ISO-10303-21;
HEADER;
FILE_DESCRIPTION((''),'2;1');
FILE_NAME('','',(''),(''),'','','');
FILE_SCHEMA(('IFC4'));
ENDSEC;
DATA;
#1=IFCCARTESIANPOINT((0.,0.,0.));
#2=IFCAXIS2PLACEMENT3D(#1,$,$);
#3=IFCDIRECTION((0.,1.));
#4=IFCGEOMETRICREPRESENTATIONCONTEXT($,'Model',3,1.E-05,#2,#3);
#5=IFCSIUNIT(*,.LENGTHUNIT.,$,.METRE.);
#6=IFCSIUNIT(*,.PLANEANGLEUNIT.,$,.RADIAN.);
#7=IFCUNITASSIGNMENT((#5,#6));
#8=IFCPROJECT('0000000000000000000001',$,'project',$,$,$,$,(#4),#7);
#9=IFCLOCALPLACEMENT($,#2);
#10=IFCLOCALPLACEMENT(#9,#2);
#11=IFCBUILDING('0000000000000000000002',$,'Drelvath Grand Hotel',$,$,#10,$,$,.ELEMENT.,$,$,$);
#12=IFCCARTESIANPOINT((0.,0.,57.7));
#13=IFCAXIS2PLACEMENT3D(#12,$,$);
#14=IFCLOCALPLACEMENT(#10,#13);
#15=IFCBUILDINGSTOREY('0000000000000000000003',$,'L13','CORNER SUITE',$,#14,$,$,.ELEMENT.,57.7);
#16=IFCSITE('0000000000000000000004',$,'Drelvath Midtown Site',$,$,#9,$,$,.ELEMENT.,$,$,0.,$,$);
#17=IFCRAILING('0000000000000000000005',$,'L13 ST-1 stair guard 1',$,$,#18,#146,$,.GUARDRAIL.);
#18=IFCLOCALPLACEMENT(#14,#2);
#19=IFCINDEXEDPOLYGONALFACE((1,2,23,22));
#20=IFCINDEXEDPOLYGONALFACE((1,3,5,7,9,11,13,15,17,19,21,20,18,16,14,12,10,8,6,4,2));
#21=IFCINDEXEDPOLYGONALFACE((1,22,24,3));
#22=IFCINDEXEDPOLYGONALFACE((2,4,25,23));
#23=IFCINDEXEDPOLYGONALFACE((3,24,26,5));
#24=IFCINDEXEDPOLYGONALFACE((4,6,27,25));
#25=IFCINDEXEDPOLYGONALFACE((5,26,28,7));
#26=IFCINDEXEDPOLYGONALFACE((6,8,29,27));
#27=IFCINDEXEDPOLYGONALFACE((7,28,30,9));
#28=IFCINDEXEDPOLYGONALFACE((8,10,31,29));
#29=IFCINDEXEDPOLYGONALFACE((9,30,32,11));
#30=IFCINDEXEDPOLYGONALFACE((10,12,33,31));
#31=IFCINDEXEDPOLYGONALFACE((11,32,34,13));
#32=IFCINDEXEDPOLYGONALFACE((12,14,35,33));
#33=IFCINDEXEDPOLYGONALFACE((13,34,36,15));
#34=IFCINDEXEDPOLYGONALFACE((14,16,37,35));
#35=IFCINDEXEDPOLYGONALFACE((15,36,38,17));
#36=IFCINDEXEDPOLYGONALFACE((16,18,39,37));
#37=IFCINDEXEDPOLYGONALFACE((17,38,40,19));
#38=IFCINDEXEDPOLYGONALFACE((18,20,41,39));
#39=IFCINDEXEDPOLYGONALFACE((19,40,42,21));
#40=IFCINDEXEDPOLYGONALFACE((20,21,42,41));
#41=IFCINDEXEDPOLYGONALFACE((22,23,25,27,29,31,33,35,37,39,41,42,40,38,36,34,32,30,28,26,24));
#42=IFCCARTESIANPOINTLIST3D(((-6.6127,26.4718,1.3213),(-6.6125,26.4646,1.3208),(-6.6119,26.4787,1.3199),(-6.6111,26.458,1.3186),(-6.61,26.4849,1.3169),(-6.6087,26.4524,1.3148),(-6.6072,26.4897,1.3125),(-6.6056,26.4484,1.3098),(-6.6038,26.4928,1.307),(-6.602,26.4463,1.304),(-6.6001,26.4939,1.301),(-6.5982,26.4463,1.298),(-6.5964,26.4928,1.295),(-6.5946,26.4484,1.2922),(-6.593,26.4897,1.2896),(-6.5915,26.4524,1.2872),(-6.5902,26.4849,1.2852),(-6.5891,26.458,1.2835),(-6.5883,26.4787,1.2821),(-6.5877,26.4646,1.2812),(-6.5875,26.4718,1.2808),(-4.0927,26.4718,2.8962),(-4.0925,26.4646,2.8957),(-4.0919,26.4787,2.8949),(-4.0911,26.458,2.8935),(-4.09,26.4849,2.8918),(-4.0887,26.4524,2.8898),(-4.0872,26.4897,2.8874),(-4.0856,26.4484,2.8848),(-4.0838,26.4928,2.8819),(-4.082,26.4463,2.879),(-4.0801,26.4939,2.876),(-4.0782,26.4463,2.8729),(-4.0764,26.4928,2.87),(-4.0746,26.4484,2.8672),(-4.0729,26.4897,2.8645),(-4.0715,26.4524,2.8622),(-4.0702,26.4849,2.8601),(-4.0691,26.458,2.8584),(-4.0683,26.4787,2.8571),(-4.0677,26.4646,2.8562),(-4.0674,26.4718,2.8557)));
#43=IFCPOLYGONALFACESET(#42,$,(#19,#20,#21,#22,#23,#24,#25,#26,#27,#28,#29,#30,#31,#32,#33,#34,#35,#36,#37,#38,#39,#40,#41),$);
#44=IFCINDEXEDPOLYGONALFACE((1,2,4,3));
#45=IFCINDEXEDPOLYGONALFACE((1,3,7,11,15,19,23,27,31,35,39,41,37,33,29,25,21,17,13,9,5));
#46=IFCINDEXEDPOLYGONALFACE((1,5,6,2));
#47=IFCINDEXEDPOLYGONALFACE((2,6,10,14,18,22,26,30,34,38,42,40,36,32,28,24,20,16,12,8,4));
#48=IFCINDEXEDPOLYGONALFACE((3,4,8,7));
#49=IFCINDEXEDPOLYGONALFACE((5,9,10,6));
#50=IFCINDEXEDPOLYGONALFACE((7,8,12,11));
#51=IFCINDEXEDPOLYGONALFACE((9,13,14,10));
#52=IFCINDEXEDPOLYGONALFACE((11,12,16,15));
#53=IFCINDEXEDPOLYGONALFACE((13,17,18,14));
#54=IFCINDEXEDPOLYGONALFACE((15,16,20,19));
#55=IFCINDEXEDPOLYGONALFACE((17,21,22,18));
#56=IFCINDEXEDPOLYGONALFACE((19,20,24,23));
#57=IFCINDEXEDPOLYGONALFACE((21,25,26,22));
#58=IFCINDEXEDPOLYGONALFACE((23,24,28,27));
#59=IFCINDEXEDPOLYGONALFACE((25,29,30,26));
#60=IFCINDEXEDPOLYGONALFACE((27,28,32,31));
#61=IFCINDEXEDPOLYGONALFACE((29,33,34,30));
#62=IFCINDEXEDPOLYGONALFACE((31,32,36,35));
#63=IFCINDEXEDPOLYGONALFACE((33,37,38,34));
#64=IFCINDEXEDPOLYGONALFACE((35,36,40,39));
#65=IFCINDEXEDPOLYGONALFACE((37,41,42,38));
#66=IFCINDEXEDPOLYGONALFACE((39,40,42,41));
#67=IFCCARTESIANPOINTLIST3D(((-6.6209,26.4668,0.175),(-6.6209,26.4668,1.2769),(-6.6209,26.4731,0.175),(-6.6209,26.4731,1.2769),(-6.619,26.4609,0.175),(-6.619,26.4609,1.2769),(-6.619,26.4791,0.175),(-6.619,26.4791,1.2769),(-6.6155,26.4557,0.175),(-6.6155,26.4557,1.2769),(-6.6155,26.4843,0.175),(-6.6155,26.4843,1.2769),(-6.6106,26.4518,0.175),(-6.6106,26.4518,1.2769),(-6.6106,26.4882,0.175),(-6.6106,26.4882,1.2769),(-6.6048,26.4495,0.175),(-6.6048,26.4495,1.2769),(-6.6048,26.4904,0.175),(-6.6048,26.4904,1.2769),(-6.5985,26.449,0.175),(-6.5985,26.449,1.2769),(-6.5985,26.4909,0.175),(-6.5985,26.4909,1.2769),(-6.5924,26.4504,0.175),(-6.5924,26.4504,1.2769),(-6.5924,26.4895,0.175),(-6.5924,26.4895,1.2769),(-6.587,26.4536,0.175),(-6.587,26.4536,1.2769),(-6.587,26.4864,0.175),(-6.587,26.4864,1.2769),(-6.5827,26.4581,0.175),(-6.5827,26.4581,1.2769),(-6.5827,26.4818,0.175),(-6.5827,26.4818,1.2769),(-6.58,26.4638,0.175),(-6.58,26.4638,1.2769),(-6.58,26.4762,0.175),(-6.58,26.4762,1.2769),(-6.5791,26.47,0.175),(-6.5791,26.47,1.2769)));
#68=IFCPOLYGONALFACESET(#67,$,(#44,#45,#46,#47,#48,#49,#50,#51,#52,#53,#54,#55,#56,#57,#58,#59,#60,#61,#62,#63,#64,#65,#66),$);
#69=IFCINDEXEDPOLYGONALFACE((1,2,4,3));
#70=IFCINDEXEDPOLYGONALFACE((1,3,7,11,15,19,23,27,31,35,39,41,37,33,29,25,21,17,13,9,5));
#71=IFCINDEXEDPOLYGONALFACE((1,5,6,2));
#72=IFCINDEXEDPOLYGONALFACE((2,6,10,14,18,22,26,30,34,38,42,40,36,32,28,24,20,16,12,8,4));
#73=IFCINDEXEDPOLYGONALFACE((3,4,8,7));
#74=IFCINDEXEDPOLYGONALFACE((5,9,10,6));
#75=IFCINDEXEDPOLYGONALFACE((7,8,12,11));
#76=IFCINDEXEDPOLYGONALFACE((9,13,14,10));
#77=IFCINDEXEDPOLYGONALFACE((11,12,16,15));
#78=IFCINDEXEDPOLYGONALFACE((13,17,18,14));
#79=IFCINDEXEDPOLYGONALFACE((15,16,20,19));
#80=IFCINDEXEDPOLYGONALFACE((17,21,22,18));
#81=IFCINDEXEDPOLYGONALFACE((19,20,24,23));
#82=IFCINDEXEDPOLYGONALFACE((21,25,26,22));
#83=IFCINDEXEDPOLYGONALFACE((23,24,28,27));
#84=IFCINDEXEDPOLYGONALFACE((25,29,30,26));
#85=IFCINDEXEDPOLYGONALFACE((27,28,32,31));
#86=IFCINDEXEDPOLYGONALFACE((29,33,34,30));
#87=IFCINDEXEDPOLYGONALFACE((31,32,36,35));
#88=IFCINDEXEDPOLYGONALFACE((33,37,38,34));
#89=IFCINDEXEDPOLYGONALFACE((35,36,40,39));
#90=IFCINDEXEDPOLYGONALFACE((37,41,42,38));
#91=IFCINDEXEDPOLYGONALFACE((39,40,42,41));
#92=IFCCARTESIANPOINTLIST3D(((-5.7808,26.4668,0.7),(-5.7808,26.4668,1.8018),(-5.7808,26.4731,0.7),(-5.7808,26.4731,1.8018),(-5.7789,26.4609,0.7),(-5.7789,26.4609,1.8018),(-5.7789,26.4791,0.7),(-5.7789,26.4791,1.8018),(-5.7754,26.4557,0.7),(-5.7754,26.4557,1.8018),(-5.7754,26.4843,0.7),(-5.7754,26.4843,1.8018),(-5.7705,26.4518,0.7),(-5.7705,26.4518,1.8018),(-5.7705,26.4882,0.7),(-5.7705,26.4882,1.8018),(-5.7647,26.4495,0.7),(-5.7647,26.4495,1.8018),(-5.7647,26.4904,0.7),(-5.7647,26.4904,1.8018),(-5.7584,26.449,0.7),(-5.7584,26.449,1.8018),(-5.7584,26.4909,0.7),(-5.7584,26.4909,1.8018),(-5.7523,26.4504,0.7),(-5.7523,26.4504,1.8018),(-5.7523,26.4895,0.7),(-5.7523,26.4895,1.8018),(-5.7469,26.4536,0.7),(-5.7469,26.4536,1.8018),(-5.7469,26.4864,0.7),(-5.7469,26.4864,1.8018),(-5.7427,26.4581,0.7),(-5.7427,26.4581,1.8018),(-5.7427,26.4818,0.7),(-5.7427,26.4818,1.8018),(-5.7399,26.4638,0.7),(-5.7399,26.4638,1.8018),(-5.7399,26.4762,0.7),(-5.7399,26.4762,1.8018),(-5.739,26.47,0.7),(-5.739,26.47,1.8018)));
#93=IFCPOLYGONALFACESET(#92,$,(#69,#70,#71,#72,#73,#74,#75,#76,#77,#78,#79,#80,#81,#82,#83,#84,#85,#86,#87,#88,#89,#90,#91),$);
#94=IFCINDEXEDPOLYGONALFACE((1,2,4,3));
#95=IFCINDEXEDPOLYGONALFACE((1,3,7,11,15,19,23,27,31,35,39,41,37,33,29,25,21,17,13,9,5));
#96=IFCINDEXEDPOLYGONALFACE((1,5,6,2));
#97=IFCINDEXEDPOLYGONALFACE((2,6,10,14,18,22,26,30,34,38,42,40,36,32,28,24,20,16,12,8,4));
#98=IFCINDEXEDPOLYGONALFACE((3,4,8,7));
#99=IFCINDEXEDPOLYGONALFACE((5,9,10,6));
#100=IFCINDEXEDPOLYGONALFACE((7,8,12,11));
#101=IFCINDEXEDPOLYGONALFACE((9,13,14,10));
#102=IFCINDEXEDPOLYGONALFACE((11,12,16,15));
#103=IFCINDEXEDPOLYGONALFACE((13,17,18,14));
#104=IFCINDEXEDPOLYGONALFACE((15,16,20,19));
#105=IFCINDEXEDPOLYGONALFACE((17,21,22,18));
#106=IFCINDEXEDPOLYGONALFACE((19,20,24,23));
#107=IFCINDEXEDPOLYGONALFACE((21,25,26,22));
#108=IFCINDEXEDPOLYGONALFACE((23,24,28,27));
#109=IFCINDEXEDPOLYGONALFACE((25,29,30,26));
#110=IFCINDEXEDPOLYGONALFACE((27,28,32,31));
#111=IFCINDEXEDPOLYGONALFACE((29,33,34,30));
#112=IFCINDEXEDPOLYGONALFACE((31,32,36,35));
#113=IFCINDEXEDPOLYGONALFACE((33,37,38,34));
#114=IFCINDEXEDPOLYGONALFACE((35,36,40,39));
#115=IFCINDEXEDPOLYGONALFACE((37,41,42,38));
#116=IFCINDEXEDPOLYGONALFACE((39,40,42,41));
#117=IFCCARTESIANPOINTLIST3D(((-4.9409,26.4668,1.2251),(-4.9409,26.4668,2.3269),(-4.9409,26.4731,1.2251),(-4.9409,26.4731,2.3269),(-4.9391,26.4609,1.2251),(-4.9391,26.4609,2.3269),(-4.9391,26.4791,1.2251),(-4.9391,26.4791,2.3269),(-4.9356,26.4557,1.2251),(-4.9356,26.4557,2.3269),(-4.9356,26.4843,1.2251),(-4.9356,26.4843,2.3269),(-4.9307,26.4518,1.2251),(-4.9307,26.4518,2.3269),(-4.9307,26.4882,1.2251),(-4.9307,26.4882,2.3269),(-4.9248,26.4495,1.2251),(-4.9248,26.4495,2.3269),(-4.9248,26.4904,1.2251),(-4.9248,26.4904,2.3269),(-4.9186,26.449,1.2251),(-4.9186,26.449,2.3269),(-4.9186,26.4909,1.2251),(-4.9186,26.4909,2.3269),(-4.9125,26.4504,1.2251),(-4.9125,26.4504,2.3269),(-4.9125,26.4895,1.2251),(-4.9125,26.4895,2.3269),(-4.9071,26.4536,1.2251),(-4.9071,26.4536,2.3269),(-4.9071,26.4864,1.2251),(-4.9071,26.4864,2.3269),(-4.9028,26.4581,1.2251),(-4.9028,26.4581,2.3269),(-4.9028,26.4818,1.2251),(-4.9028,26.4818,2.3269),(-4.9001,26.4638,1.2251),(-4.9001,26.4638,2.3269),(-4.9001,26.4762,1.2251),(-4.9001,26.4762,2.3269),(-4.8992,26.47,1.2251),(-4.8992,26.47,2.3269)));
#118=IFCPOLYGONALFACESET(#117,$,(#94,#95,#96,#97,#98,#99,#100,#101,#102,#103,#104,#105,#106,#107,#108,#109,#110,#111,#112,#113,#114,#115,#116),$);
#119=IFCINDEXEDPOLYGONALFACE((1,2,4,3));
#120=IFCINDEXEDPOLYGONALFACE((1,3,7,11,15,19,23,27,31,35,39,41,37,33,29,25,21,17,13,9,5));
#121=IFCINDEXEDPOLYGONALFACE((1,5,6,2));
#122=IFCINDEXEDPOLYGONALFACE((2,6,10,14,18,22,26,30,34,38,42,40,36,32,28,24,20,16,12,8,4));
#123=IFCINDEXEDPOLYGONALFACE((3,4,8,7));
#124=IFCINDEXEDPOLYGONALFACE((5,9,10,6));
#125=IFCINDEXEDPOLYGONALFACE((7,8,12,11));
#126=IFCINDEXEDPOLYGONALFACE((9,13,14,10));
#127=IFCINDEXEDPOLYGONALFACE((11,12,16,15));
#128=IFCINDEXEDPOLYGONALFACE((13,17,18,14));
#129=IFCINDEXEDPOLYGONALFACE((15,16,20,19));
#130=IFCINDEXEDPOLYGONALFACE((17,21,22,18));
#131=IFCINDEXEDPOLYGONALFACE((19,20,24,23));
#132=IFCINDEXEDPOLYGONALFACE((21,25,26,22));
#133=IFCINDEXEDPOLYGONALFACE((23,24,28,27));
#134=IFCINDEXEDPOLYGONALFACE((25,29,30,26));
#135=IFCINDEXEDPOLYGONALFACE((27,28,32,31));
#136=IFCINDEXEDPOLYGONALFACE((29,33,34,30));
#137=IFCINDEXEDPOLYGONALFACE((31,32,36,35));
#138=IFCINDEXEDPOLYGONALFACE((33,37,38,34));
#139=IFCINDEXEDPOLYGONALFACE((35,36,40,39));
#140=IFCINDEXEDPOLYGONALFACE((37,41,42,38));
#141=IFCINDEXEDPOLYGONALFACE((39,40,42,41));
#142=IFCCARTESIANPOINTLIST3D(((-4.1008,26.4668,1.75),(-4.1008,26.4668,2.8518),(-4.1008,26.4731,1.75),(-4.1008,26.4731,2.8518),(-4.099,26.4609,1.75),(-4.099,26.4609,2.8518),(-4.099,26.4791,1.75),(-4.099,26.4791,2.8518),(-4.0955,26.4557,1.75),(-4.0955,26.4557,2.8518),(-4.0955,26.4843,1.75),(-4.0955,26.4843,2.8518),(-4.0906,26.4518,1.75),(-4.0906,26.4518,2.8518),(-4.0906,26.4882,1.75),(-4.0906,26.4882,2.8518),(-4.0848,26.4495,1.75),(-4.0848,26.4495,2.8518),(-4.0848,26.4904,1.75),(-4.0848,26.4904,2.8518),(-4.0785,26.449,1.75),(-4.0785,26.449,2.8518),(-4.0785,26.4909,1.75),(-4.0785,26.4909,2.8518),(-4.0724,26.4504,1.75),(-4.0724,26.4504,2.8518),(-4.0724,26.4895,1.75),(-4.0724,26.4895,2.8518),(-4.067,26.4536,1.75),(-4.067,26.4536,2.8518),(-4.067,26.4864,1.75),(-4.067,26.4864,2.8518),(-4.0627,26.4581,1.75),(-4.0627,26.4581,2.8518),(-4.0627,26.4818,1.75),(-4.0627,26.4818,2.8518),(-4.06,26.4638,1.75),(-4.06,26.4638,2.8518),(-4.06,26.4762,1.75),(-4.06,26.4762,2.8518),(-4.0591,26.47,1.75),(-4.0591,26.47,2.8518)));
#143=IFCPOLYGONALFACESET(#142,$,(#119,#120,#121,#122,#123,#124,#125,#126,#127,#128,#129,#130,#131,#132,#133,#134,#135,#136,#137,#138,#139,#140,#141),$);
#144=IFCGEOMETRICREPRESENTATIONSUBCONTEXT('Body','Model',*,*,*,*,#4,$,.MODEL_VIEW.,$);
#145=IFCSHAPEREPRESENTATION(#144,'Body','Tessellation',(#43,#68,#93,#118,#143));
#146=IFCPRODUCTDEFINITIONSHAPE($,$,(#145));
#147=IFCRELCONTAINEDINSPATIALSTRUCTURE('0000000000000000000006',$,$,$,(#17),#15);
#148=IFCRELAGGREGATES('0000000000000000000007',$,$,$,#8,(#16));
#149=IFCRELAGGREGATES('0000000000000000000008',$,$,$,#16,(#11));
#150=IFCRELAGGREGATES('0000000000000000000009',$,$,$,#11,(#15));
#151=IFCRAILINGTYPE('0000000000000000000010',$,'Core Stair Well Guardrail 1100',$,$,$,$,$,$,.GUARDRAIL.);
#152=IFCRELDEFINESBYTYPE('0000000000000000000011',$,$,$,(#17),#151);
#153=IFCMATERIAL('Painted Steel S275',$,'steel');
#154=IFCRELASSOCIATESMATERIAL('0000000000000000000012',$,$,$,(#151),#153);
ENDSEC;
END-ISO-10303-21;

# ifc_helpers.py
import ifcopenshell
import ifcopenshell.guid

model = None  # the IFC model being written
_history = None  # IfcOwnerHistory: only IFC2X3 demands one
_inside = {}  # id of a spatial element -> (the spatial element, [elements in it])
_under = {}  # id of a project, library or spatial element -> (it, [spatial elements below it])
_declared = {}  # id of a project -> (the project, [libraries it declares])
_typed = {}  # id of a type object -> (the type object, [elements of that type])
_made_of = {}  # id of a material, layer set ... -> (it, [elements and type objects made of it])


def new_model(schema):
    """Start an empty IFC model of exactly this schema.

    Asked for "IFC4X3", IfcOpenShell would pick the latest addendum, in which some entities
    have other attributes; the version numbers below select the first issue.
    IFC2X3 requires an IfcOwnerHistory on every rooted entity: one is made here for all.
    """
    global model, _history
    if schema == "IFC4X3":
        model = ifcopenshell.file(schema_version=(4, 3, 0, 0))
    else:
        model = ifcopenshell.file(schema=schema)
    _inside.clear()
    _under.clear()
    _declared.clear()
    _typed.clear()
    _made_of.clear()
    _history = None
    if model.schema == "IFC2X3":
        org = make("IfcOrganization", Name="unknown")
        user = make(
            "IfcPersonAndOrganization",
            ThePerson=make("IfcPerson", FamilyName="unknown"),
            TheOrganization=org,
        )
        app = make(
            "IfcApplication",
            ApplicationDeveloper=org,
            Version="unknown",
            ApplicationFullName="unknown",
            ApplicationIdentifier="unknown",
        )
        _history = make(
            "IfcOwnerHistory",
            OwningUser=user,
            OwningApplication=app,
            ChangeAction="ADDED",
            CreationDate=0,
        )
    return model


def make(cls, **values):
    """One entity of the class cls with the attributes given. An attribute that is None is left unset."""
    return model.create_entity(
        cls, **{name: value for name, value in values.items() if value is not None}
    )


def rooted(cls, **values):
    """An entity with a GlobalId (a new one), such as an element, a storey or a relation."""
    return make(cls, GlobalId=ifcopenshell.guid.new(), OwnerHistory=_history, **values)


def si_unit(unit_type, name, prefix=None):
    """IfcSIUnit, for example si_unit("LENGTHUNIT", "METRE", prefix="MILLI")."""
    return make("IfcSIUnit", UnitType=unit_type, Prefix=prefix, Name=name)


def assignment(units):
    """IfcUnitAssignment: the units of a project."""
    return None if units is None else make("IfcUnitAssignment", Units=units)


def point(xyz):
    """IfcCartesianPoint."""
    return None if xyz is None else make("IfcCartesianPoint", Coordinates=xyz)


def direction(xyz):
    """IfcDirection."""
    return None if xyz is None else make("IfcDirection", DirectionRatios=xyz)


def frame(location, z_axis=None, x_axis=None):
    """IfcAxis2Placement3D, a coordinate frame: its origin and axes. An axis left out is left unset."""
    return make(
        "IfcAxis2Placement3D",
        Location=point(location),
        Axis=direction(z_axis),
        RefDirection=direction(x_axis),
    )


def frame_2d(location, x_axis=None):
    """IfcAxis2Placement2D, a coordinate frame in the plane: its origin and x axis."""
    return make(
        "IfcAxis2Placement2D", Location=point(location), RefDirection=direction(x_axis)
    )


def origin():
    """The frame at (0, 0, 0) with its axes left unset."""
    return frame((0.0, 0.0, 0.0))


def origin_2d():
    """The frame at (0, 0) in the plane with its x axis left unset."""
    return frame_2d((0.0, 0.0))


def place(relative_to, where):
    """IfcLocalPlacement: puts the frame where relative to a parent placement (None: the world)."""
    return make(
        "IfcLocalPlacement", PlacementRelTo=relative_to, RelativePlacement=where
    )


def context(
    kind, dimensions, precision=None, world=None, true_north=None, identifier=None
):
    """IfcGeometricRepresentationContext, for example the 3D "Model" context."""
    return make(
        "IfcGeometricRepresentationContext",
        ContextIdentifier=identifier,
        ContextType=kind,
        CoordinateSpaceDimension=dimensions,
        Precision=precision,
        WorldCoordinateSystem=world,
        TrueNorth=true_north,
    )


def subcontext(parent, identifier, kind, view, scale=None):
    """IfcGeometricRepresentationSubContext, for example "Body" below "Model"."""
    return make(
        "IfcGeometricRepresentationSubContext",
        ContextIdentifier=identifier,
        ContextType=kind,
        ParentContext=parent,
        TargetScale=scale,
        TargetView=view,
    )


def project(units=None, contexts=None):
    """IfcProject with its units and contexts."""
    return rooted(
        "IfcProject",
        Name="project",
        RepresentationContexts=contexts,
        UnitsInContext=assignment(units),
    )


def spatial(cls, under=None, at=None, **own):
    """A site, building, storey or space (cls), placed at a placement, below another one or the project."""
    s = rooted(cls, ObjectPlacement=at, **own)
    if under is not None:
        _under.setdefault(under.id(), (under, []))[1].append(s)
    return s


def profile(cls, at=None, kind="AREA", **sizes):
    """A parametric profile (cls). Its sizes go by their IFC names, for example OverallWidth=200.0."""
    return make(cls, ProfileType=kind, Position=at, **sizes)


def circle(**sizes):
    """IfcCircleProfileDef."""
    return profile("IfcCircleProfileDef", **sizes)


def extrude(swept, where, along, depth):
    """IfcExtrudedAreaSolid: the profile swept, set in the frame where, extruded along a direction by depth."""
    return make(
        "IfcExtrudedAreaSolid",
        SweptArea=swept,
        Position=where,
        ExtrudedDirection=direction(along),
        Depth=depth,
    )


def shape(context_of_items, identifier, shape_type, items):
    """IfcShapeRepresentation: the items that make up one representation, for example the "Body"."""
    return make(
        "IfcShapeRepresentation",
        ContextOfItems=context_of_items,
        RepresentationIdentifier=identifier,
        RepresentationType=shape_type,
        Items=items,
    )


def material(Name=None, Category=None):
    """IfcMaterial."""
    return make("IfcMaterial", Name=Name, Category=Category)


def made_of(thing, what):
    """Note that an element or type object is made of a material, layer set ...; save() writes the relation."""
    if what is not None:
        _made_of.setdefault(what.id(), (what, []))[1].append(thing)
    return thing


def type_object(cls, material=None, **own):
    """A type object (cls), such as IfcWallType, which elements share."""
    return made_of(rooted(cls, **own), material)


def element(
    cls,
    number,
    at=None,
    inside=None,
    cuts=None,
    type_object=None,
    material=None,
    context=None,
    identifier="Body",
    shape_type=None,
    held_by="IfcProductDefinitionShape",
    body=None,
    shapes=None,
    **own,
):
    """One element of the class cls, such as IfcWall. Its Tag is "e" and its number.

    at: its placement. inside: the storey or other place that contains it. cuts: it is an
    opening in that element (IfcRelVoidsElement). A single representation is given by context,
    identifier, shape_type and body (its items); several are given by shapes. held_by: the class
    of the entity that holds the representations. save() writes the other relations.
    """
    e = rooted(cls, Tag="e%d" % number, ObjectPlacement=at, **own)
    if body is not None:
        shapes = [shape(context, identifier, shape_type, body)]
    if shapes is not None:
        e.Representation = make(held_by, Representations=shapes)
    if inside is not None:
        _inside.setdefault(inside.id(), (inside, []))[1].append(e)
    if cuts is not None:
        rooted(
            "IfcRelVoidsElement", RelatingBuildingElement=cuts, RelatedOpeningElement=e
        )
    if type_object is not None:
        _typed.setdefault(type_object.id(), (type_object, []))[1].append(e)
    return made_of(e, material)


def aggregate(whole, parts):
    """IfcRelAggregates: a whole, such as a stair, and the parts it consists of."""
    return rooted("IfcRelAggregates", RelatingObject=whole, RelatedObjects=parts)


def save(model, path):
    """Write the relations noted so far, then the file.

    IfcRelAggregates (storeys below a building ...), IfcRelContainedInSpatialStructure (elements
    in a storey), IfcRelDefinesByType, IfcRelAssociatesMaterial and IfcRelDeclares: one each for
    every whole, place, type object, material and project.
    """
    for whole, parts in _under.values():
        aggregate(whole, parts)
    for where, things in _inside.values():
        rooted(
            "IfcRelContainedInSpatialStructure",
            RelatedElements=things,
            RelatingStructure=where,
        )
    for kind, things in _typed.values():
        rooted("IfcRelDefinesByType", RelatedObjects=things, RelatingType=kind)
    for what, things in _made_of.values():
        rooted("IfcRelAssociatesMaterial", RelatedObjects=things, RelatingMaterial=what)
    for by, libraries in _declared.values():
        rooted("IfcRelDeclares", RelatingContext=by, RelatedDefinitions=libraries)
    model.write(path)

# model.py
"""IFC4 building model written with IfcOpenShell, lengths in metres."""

from ifc_helpers import new_model, si_unit, direction, frame, origin, origin_2d, place, context, subcontext, project, spatial, circle, extrude, material, type_object, element, save


model = new_model("IFC4")

# Units and contexts
model_context = context("Model", 3, precision=1e-05, world=origin(), true_north=direction((0.0, 1.0)))
body_context = subcontext(model_context, "Body", "Model", "MODEL_VIEW")
ifc_project = project(units=[si_unit("LENGTHUNIT", "METRE"), si_unit("PLANEANGLEUNIT", "RADIAN")], contexts=[model_context])

# Site, building, storey
site_placement = place(None, origin())
site = spatial("IfcSite", under=ifc_project, at=site_placement, Name="Drelvath Midtown Site", CompositionType="ELEMENT", RefElevation=0.0)
building_placement = place(site_placement, origin())
building = spatial("IfcBuilding", under=site, at=building_placement, Name="Drelvath Grand Hotel", CompositionType="ELEMENT")
storey_placement = place(building_placement, frame((0.0, 0.0, 57.7)))
storey = spatial("IfcBuildingStorey", under=building, at=storey_placement, Name="L13", Description="CORNER SUITE", CompositionType="ELEMENT", Elevation=57.7)

# Shared definitions
ifc_material_1 = material(Name="Painted Steel S275", Category="steel")

# Railing
railing_type_1 = type_object("IfcRailingType", Name="Core Stair Well Guardrail 1100", PredefinedType="GUARDRAIL", material=ifc_material_1)
railing_1_placement = place(storey_placement, frame((-6.6001, 26.47, 0.175)))
element("IfcRailing", 1, at=railing_1_placement, inside=storey, type_object=railing_type_1, Name="L13 ST-1 stair guard 1", PredefinedType="GUARDRAIL", context=body_context, shape_type="SweptSolid", body=[
    extrude(circle(Radius=0.0239, at=origin_2d()), frame((0.0, 0.0, 1.126), z_axis=(0.848008, 0.0, 0.529984), x_axis=(0.0, 1.0, 0.0)), (0.0, 0.0, 1.0), 2.9717),
    extrude(circle(Radius=0.021, at=origin_2d()), origin(), (0.0, 0.0, 1.0), 1.1018),
    extrude(circle(Radius=0.021, at=origin_2d()), frame((0.8401, 0.0, 0.5249)), (0.0, 0.0, 1.0), 1.1018),
    extrude(circle(Radius=0.021, at=origin_2d()), frame((1.6799, 0.0, 1.05)), (0.0, 0.0, 1.0), 1.1018),
    extrude(circle(Radius=0.021, at=origin_2d()), frame((2.52, 0.0, 1.575)), (0.0, 0.0, 1.0), 1.1018),
])

save(model, "model.ifc")
